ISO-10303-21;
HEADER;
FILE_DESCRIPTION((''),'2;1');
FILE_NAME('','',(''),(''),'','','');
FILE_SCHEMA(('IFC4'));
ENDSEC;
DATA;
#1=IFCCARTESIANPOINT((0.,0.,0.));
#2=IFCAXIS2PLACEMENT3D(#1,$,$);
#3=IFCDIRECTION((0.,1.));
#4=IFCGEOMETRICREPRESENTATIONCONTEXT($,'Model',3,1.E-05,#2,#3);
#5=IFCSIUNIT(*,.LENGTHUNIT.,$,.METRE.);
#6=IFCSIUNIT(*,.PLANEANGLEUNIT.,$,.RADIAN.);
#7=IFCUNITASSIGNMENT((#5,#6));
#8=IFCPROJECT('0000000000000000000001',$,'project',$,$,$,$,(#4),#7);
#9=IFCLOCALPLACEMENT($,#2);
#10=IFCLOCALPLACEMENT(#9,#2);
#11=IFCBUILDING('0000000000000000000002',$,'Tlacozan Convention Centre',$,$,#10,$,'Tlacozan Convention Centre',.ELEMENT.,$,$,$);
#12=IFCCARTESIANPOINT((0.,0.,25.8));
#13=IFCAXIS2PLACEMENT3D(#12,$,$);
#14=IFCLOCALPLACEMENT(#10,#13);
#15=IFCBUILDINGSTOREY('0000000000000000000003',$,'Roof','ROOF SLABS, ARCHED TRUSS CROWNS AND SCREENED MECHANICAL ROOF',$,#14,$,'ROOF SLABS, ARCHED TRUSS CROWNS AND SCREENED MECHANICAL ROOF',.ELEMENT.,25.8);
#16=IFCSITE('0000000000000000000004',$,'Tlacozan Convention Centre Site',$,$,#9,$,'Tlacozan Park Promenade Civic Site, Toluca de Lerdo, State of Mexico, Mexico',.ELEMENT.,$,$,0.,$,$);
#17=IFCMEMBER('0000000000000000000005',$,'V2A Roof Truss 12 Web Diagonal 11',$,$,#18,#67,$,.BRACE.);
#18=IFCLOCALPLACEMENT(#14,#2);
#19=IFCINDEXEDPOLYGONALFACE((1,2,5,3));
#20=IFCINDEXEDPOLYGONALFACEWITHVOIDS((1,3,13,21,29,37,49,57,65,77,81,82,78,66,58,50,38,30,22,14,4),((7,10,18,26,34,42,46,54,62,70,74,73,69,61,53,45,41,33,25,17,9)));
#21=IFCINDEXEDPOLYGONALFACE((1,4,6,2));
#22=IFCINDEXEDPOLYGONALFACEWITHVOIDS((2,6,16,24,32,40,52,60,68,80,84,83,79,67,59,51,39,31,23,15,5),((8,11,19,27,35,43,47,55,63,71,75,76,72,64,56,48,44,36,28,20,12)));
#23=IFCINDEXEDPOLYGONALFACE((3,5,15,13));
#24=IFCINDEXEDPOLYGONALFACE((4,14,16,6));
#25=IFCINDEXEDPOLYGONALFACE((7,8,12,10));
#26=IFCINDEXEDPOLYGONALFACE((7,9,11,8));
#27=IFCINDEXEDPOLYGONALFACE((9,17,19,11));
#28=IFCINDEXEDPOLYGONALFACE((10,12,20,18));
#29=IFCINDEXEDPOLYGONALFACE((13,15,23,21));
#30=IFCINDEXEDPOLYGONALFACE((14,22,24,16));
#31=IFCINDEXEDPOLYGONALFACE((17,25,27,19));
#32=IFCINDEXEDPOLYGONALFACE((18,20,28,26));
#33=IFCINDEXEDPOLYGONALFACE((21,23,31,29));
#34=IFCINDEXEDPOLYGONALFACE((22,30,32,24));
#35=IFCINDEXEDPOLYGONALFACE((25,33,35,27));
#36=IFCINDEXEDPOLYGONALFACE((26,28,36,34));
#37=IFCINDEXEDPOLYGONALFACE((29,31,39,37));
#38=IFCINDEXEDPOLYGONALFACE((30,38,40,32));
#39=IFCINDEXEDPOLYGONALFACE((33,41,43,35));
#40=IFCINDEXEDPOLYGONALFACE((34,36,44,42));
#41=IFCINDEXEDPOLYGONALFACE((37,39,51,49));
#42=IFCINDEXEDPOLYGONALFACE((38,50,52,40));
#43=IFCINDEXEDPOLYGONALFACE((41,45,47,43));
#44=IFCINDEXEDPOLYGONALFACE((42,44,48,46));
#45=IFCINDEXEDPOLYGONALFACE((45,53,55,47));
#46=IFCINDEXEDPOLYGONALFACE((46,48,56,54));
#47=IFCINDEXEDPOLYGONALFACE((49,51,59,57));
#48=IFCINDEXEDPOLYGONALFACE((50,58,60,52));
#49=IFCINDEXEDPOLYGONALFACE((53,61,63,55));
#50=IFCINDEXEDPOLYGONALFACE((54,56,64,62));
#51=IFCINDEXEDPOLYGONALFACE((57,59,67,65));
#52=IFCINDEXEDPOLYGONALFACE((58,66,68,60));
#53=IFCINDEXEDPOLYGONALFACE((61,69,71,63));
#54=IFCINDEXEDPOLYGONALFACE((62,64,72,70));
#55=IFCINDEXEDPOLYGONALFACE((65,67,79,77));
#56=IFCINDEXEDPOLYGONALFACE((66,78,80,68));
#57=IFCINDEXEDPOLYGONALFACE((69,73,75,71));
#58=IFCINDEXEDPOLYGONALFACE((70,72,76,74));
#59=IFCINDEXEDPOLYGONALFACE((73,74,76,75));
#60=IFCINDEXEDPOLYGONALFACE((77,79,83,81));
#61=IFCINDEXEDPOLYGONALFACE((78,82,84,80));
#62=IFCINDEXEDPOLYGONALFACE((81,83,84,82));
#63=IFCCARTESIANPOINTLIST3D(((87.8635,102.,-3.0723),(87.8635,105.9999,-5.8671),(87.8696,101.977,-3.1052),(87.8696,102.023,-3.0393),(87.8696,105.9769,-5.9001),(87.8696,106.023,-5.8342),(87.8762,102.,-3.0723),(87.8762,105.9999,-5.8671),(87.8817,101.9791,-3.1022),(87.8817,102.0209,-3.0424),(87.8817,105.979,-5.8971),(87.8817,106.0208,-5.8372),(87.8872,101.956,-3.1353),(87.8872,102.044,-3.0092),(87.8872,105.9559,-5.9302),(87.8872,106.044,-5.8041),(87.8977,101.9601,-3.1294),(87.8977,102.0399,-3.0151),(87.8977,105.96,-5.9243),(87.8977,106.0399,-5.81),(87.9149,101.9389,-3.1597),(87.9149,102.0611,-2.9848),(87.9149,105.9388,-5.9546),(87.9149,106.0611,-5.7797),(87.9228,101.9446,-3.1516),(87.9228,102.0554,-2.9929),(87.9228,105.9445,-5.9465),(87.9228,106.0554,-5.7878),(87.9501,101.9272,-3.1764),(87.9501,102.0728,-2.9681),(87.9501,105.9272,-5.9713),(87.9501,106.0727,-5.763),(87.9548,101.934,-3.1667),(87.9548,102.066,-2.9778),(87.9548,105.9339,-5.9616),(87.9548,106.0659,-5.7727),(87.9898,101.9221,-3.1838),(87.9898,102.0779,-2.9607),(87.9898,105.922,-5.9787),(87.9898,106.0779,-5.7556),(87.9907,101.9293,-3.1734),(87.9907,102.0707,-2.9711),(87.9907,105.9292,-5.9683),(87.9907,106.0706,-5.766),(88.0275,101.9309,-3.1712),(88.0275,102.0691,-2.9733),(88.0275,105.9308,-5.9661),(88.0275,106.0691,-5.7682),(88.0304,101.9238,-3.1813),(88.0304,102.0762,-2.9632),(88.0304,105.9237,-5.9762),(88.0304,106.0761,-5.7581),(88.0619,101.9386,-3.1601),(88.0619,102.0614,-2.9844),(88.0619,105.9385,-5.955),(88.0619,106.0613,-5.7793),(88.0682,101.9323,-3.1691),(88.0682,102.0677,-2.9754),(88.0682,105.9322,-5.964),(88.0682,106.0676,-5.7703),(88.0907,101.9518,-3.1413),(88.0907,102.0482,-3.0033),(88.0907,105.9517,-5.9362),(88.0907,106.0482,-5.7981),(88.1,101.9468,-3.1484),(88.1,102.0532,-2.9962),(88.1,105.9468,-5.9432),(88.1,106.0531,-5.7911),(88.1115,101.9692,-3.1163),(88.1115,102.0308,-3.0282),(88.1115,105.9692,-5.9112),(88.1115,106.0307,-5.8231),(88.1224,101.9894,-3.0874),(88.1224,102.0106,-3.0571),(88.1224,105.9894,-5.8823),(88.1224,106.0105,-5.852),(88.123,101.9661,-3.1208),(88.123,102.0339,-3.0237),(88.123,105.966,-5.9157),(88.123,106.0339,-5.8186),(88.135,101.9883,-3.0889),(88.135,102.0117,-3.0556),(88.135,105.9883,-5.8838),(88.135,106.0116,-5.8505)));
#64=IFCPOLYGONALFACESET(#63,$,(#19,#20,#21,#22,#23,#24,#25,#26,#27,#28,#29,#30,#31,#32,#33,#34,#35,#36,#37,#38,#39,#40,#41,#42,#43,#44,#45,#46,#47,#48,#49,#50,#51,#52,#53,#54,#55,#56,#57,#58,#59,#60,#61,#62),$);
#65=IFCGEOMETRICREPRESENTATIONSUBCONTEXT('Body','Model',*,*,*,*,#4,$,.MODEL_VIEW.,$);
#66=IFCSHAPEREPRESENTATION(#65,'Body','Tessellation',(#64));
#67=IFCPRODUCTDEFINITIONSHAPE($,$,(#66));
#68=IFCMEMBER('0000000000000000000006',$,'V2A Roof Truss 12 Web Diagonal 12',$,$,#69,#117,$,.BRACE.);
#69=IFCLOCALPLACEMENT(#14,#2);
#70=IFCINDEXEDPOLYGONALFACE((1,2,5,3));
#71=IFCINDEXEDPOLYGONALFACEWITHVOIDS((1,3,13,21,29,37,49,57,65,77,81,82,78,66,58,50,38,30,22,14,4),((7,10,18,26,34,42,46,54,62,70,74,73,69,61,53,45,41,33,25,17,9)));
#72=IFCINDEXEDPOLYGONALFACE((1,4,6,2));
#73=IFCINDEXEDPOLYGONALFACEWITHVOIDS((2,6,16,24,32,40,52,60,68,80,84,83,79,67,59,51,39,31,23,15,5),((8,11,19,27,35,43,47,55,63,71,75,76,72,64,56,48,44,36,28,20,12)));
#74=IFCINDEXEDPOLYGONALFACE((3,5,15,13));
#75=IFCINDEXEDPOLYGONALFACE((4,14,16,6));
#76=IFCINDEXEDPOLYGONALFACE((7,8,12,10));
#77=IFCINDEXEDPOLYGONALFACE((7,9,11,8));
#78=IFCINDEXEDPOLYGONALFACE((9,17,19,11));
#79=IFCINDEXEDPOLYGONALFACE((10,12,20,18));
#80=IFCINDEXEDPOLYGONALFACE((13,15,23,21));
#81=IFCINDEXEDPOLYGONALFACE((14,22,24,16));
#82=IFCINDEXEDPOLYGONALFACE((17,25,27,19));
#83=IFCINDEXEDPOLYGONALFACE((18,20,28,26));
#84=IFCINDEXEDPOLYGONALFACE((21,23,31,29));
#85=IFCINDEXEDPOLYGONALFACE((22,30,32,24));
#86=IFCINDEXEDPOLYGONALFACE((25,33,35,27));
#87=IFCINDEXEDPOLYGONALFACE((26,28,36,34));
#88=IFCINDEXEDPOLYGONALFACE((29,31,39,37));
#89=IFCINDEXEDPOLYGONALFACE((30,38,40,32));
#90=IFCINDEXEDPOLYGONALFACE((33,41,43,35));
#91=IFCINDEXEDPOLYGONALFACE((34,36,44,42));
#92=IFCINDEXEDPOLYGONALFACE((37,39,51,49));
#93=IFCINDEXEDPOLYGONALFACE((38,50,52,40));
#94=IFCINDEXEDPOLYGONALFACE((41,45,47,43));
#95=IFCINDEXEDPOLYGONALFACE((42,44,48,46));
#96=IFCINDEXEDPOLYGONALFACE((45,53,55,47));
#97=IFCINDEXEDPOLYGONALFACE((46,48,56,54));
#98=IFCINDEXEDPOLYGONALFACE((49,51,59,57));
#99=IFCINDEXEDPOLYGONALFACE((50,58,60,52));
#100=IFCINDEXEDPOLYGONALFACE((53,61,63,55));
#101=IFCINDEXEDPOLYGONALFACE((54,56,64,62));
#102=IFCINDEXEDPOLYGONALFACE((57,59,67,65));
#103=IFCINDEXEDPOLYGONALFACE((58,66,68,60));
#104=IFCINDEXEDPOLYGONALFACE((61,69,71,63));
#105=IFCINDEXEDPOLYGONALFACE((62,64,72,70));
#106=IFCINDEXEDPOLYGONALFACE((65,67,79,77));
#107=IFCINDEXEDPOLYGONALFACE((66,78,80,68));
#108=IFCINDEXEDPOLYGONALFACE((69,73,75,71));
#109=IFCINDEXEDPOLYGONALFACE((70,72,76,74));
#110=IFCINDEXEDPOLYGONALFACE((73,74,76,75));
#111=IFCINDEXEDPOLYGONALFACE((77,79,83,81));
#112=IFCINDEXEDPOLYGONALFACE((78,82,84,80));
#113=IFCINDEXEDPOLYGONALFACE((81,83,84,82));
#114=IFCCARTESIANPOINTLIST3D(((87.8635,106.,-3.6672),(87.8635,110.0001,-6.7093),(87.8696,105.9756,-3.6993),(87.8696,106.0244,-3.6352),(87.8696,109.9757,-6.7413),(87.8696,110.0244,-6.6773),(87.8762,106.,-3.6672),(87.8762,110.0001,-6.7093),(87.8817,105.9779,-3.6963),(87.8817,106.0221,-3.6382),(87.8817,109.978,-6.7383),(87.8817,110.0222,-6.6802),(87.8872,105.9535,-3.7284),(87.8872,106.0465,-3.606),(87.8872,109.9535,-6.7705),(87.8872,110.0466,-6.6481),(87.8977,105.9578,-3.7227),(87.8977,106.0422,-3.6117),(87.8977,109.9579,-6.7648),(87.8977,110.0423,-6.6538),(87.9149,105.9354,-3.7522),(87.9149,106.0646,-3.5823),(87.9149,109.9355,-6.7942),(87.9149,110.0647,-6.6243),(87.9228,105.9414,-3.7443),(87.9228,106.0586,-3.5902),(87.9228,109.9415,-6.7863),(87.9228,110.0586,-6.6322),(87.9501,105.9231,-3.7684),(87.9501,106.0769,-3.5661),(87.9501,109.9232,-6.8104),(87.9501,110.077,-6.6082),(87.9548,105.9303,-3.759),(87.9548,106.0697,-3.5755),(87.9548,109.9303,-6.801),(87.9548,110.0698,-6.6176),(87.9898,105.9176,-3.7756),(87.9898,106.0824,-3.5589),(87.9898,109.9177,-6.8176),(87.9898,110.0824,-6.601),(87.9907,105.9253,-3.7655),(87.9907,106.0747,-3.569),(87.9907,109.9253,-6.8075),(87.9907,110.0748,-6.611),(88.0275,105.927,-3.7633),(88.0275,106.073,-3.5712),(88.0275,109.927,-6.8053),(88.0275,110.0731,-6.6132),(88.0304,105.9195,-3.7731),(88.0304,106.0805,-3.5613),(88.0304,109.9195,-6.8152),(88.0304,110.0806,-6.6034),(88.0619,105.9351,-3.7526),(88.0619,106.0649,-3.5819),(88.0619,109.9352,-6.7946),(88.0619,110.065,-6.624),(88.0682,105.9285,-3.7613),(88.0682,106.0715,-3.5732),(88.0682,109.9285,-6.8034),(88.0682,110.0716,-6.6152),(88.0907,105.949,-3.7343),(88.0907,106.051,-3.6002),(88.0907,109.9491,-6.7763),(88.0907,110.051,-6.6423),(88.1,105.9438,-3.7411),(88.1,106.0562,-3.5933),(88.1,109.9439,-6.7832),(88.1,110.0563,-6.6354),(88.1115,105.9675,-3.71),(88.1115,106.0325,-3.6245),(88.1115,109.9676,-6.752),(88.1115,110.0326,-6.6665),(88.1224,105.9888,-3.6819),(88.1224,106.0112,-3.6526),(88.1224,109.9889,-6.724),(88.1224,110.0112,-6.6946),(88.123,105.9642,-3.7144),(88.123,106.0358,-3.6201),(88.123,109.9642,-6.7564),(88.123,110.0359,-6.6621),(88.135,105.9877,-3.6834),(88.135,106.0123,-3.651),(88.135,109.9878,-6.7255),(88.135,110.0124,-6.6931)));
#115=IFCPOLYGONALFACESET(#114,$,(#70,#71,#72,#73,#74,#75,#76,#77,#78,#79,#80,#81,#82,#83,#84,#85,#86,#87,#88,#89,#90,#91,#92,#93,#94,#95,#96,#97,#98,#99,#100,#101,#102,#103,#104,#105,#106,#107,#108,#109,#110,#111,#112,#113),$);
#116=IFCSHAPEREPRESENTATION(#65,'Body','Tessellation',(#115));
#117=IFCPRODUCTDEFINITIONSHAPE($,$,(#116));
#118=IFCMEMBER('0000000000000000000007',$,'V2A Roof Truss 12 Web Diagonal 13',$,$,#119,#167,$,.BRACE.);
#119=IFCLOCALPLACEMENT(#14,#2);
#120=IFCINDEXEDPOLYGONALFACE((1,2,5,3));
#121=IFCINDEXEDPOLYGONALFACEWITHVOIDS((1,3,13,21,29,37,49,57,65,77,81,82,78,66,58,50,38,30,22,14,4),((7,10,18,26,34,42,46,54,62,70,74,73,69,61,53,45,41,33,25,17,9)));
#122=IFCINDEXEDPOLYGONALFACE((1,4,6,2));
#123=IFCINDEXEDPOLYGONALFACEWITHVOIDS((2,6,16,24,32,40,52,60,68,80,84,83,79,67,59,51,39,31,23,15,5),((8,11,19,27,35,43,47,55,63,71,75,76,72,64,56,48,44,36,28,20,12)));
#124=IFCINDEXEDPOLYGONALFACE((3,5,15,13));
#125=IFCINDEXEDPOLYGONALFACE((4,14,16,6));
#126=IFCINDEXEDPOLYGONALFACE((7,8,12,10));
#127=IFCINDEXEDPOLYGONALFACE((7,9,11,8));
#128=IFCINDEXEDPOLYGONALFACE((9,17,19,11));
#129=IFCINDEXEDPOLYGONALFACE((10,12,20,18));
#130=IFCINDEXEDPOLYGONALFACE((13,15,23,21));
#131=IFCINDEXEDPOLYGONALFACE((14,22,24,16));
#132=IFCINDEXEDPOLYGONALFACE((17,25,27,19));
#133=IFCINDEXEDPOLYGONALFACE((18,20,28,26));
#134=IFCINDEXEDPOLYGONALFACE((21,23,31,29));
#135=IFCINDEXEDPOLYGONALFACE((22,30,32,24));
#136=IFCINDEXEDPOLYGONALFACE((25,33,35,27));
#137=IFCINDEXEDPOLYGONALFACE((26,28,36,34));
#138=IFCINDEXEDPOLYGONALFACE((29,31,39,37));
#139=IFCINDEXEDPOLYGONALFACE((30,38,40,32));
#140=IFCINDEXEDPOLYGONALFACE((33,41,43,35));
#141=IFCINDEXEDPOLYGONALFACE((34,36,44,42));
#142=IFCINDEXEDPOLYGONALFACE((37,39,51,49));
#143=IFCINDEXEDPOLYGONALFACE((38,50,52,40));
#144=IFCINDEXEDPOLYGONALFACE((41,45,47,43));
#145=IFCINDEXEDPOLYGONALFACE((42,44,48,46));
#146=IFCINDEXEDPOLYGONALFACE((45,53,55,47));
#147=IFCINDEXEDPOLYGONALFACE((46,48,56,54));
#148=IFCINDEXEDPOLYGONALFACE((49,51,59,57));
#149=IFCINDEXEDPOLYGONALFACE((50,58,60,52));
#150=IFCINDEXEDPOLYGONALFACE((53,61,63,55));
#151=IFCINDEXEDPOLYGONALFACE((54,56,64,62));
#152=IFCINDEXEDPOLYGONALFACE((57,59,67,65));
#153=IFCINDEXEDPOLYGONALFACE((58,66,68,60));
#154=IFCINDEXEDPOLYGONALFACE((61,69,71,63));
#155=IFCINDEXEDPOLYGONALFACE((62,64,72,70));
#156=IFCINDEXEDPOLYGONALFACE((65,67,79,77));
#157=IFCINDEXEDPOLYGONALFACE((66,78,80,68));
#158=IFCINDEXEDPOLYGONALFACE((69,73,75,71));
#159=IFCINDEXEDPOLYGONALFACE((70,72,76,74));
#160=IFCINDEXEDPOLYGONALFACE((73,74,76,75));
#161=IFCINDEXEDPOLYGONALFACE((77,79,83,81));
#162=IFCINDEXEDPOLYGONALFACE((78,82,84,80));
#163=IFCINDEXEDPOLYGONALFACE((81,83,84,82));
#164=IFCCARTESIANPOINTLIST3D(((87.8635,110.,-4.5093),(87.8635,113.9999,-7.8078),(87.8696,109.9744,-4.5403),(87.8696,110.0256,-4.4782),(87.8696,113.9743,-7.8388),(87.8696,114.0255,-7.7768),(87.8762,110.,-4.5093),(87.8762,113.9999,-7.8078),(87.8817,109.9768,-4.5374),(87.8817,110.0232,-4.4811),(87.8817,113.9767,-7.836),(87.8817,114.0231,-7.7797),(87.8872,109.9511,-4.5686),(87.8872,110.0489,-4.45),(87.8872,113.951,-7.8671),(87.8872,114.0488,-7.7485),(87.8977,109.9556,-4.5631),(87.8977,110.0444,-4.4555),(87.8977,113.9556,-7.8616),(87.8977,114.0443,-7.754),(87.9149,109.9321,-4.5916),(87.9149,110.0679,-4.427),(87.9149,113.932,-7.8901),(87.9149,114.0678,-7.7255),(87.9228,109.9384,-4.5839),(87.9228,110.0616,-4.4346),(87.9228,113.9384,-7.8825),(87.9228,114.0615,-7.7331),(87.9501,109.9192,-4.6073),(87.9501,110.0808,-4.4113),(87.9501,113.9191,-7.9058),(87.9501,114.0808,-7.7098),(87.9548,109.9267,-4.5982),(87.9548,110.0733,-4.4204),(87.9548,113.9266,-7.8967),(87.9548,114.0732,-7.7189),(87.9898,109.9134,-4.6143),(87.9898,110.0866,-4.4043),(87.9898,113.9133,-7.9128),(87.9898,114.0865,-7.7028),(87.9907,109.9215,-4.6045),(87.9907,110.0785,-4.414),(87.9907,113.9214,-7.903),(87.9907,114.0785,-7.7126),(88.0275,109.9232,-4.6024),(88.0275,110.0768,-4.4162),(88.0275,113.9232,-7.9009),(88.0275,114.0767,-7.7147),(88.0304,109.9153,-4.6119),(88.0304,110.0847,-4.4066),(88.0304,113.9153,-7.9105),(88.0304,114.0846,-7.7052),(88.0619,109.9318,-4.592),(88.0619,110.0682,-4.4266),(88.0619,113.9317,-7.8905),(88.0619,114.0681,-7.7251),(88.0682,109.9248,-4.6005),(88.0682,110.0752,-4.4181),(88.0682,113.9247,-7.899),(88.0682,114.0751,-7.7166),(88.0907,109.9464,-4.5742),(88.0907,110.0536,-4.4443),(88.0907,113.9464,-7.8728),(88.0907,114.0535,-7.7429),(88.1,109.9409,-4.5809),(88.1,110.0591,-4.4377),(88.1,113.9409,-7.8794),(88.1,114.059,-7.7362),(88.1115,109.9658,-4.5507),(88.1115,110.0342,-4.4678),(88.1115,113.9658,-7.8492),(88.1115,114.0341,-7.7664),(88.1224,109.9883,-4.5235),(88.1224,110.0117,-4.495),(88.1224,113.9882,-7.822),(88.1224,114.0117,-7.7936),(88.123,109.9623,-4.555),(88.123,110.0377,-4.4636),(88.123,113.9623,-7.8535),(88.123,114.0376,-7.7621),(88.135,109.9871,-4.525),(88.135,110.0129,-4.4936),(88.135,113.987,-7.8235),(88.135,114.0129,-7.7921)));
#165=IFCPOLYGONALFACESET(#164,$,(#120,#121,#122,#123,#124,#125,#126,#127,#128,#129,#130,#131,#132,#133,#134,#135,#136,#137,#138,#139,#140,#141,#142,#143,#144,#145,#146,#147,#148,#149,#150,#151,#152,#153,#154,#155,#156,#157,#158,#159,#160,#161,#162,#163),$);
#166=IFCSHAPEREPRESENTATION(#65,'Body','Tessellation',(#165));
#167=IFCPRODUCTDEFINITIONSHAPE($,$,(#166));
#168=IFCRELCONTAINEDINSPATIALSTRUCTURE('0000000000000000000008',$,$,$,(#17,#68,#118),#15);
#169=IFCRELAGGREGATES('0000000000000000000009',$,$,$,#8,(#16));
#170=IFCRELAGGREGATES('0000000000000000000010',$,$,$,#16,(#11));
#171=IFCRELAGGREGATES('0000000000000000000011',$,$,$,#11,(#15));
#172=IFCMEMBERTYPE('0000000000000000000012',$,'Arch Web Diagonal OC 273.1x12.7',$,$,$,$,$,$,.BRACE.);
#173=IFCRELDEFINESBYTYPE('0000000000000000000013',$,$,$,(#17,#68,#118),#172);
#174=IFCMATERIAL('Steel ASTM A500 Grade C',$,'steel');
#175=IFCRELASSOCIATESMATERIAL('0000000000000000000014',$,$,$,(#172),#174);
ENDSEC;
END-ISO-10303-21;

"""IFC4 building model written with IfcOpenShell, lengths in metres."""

from ifc_helpers import new_model, si_unit, direction, frame, origin, origin_2d, place, context, subcontext, project, spatial, hollow_circle, extrude, material, material_profile, profile_set, type_object, element, save


model = new_model("IFC4")

# Units and contexts
model_context = context("Model", 3, precision=1e-05, world=origin(), true_north=direction((0.0, 1.0)))
body_context = subcontext(model_context, "Body", "Model", "MODEL_VIEW")
ifc_project = project(units=[si_unit("LENGTHUNIT", "METRE"), si_unit("PLANEANGLEUNIT", "RADIAN")], contexts=[model_context])

# Site, building, storey
site_placement = place(None, origin())
site = spatial("IfcSite", under=ifc_project, at=site_placement, Name="Tlacozan Convention Centre Site", LongName="Tlacozan Park Promenade Civic Site, Toluca de Lerdo, State of Mexico, Mexico", CompositionType="ELEMENT", RefElevation=0.0)
building_placement = place(site_placement, origin())
building = spatial("IfcBuilding", under=site, at=building_placement, Name="Tlacozan Convention Centre", LongName="Tlacozan Convention Centre", CompositionType="ELEMENT")
storey_placement = place(building_placement, frame((0.0, 0.0, 25.8)))
storey = spatial("IfcBuildingStorey", under=building, at=storey_placement, Name="Roof", Description="ROOF SLABS, ARCHED TRUSS CROWNS AND SCREENED MECHANICAL ROOF", LongName="ROOF SLABS, ARCHED TRUSS CROWNS AND SCREENED MECHANICAL ROOF", CompositionType="ELEMENT", Elevation=25.8)

# Members
ifc_material_1 = material(Name="Steel ASTM A500 Grade C", Category="steel")
ifc_material_profile_1 = material_profile(ifc_material_1, hollow_circle(Radius=0.1365, WallThickness=0.0127, at=origin_2d()), Name="OC 273.1x12.7")
ifc_profile_set_1 = profile_set([ifc_material_profile_1], Name="Steel ASTM A500 Grade C")
member_type_1 = type_object("IfcMemberType", Name="Arch Web Diagonal OC 273.1x12.7", PredefinedType="BRACE", material=ifc_profile_set_1)
member_1_placement = place(storey_placement, frame((88.0, 102.0, -3.0723), z_axis=(0.0, 0.819721, -0.572764), x_axis=(-1.0, 0.0, 0.0)))
element("IfcMember", 1, at=member_1_placement, inside=storey, type_object=member_type_1, Name="V2A Roof Truss 12 Web Diagonal 11", PredefinedType="BRACE", context=body_context, shape_type="SweptSolid", body=[
    extrude(hollow_circle(Radius=0.1365, WallThickness=0.0127, at=origin_2d()), origin(), (0.0, 0.0, 1.0), 4.8796),
])
member_2_placement = place(storey_placement, frame((88.0, 106.0, -3.6672), z_axis=(0.0, 0.795971, -0.605335), x_axis=(-1.0, 0.0, 0.0)))
element("IfcMember", 2, at=member_2_placement, inside=storey, type_object=member_type_1, Name="V2A Roof Truss 12 Web Diagonal 12", PredefinedType="BRACE", context=body_context, shape_type="SweptSolid", body=[
    extrude(hollow_circle(Radius=0.1365, WallThickness=0.0127, at=origin_2d()), origin(), (0.0, 0.0, 1.0), 5.0254),
])
member_3_placement = place(storey_placement, frame((88.0, 110.0, -4.5093), z_axis=(0.0, 0.771507, -0.63622), x_axis=(-1.0, 0.0, 0.0)))
element("IfcMember", 3, at=member_3_placement, inside=storey, type_object=member_type_1, Name="V2A Roof Truss 12 Web Diagonal 13", PredefinedType="BRACE", context=body_context, shape_type="SweptSolid", body=[
    extrude(hollow_circle(Radius=0.1365, WallThickness=0.0127, at=origin_2d()), origin(), (0.0, 0.0, 1.0), 5.1846),
])

save(model, "model.ifc")
